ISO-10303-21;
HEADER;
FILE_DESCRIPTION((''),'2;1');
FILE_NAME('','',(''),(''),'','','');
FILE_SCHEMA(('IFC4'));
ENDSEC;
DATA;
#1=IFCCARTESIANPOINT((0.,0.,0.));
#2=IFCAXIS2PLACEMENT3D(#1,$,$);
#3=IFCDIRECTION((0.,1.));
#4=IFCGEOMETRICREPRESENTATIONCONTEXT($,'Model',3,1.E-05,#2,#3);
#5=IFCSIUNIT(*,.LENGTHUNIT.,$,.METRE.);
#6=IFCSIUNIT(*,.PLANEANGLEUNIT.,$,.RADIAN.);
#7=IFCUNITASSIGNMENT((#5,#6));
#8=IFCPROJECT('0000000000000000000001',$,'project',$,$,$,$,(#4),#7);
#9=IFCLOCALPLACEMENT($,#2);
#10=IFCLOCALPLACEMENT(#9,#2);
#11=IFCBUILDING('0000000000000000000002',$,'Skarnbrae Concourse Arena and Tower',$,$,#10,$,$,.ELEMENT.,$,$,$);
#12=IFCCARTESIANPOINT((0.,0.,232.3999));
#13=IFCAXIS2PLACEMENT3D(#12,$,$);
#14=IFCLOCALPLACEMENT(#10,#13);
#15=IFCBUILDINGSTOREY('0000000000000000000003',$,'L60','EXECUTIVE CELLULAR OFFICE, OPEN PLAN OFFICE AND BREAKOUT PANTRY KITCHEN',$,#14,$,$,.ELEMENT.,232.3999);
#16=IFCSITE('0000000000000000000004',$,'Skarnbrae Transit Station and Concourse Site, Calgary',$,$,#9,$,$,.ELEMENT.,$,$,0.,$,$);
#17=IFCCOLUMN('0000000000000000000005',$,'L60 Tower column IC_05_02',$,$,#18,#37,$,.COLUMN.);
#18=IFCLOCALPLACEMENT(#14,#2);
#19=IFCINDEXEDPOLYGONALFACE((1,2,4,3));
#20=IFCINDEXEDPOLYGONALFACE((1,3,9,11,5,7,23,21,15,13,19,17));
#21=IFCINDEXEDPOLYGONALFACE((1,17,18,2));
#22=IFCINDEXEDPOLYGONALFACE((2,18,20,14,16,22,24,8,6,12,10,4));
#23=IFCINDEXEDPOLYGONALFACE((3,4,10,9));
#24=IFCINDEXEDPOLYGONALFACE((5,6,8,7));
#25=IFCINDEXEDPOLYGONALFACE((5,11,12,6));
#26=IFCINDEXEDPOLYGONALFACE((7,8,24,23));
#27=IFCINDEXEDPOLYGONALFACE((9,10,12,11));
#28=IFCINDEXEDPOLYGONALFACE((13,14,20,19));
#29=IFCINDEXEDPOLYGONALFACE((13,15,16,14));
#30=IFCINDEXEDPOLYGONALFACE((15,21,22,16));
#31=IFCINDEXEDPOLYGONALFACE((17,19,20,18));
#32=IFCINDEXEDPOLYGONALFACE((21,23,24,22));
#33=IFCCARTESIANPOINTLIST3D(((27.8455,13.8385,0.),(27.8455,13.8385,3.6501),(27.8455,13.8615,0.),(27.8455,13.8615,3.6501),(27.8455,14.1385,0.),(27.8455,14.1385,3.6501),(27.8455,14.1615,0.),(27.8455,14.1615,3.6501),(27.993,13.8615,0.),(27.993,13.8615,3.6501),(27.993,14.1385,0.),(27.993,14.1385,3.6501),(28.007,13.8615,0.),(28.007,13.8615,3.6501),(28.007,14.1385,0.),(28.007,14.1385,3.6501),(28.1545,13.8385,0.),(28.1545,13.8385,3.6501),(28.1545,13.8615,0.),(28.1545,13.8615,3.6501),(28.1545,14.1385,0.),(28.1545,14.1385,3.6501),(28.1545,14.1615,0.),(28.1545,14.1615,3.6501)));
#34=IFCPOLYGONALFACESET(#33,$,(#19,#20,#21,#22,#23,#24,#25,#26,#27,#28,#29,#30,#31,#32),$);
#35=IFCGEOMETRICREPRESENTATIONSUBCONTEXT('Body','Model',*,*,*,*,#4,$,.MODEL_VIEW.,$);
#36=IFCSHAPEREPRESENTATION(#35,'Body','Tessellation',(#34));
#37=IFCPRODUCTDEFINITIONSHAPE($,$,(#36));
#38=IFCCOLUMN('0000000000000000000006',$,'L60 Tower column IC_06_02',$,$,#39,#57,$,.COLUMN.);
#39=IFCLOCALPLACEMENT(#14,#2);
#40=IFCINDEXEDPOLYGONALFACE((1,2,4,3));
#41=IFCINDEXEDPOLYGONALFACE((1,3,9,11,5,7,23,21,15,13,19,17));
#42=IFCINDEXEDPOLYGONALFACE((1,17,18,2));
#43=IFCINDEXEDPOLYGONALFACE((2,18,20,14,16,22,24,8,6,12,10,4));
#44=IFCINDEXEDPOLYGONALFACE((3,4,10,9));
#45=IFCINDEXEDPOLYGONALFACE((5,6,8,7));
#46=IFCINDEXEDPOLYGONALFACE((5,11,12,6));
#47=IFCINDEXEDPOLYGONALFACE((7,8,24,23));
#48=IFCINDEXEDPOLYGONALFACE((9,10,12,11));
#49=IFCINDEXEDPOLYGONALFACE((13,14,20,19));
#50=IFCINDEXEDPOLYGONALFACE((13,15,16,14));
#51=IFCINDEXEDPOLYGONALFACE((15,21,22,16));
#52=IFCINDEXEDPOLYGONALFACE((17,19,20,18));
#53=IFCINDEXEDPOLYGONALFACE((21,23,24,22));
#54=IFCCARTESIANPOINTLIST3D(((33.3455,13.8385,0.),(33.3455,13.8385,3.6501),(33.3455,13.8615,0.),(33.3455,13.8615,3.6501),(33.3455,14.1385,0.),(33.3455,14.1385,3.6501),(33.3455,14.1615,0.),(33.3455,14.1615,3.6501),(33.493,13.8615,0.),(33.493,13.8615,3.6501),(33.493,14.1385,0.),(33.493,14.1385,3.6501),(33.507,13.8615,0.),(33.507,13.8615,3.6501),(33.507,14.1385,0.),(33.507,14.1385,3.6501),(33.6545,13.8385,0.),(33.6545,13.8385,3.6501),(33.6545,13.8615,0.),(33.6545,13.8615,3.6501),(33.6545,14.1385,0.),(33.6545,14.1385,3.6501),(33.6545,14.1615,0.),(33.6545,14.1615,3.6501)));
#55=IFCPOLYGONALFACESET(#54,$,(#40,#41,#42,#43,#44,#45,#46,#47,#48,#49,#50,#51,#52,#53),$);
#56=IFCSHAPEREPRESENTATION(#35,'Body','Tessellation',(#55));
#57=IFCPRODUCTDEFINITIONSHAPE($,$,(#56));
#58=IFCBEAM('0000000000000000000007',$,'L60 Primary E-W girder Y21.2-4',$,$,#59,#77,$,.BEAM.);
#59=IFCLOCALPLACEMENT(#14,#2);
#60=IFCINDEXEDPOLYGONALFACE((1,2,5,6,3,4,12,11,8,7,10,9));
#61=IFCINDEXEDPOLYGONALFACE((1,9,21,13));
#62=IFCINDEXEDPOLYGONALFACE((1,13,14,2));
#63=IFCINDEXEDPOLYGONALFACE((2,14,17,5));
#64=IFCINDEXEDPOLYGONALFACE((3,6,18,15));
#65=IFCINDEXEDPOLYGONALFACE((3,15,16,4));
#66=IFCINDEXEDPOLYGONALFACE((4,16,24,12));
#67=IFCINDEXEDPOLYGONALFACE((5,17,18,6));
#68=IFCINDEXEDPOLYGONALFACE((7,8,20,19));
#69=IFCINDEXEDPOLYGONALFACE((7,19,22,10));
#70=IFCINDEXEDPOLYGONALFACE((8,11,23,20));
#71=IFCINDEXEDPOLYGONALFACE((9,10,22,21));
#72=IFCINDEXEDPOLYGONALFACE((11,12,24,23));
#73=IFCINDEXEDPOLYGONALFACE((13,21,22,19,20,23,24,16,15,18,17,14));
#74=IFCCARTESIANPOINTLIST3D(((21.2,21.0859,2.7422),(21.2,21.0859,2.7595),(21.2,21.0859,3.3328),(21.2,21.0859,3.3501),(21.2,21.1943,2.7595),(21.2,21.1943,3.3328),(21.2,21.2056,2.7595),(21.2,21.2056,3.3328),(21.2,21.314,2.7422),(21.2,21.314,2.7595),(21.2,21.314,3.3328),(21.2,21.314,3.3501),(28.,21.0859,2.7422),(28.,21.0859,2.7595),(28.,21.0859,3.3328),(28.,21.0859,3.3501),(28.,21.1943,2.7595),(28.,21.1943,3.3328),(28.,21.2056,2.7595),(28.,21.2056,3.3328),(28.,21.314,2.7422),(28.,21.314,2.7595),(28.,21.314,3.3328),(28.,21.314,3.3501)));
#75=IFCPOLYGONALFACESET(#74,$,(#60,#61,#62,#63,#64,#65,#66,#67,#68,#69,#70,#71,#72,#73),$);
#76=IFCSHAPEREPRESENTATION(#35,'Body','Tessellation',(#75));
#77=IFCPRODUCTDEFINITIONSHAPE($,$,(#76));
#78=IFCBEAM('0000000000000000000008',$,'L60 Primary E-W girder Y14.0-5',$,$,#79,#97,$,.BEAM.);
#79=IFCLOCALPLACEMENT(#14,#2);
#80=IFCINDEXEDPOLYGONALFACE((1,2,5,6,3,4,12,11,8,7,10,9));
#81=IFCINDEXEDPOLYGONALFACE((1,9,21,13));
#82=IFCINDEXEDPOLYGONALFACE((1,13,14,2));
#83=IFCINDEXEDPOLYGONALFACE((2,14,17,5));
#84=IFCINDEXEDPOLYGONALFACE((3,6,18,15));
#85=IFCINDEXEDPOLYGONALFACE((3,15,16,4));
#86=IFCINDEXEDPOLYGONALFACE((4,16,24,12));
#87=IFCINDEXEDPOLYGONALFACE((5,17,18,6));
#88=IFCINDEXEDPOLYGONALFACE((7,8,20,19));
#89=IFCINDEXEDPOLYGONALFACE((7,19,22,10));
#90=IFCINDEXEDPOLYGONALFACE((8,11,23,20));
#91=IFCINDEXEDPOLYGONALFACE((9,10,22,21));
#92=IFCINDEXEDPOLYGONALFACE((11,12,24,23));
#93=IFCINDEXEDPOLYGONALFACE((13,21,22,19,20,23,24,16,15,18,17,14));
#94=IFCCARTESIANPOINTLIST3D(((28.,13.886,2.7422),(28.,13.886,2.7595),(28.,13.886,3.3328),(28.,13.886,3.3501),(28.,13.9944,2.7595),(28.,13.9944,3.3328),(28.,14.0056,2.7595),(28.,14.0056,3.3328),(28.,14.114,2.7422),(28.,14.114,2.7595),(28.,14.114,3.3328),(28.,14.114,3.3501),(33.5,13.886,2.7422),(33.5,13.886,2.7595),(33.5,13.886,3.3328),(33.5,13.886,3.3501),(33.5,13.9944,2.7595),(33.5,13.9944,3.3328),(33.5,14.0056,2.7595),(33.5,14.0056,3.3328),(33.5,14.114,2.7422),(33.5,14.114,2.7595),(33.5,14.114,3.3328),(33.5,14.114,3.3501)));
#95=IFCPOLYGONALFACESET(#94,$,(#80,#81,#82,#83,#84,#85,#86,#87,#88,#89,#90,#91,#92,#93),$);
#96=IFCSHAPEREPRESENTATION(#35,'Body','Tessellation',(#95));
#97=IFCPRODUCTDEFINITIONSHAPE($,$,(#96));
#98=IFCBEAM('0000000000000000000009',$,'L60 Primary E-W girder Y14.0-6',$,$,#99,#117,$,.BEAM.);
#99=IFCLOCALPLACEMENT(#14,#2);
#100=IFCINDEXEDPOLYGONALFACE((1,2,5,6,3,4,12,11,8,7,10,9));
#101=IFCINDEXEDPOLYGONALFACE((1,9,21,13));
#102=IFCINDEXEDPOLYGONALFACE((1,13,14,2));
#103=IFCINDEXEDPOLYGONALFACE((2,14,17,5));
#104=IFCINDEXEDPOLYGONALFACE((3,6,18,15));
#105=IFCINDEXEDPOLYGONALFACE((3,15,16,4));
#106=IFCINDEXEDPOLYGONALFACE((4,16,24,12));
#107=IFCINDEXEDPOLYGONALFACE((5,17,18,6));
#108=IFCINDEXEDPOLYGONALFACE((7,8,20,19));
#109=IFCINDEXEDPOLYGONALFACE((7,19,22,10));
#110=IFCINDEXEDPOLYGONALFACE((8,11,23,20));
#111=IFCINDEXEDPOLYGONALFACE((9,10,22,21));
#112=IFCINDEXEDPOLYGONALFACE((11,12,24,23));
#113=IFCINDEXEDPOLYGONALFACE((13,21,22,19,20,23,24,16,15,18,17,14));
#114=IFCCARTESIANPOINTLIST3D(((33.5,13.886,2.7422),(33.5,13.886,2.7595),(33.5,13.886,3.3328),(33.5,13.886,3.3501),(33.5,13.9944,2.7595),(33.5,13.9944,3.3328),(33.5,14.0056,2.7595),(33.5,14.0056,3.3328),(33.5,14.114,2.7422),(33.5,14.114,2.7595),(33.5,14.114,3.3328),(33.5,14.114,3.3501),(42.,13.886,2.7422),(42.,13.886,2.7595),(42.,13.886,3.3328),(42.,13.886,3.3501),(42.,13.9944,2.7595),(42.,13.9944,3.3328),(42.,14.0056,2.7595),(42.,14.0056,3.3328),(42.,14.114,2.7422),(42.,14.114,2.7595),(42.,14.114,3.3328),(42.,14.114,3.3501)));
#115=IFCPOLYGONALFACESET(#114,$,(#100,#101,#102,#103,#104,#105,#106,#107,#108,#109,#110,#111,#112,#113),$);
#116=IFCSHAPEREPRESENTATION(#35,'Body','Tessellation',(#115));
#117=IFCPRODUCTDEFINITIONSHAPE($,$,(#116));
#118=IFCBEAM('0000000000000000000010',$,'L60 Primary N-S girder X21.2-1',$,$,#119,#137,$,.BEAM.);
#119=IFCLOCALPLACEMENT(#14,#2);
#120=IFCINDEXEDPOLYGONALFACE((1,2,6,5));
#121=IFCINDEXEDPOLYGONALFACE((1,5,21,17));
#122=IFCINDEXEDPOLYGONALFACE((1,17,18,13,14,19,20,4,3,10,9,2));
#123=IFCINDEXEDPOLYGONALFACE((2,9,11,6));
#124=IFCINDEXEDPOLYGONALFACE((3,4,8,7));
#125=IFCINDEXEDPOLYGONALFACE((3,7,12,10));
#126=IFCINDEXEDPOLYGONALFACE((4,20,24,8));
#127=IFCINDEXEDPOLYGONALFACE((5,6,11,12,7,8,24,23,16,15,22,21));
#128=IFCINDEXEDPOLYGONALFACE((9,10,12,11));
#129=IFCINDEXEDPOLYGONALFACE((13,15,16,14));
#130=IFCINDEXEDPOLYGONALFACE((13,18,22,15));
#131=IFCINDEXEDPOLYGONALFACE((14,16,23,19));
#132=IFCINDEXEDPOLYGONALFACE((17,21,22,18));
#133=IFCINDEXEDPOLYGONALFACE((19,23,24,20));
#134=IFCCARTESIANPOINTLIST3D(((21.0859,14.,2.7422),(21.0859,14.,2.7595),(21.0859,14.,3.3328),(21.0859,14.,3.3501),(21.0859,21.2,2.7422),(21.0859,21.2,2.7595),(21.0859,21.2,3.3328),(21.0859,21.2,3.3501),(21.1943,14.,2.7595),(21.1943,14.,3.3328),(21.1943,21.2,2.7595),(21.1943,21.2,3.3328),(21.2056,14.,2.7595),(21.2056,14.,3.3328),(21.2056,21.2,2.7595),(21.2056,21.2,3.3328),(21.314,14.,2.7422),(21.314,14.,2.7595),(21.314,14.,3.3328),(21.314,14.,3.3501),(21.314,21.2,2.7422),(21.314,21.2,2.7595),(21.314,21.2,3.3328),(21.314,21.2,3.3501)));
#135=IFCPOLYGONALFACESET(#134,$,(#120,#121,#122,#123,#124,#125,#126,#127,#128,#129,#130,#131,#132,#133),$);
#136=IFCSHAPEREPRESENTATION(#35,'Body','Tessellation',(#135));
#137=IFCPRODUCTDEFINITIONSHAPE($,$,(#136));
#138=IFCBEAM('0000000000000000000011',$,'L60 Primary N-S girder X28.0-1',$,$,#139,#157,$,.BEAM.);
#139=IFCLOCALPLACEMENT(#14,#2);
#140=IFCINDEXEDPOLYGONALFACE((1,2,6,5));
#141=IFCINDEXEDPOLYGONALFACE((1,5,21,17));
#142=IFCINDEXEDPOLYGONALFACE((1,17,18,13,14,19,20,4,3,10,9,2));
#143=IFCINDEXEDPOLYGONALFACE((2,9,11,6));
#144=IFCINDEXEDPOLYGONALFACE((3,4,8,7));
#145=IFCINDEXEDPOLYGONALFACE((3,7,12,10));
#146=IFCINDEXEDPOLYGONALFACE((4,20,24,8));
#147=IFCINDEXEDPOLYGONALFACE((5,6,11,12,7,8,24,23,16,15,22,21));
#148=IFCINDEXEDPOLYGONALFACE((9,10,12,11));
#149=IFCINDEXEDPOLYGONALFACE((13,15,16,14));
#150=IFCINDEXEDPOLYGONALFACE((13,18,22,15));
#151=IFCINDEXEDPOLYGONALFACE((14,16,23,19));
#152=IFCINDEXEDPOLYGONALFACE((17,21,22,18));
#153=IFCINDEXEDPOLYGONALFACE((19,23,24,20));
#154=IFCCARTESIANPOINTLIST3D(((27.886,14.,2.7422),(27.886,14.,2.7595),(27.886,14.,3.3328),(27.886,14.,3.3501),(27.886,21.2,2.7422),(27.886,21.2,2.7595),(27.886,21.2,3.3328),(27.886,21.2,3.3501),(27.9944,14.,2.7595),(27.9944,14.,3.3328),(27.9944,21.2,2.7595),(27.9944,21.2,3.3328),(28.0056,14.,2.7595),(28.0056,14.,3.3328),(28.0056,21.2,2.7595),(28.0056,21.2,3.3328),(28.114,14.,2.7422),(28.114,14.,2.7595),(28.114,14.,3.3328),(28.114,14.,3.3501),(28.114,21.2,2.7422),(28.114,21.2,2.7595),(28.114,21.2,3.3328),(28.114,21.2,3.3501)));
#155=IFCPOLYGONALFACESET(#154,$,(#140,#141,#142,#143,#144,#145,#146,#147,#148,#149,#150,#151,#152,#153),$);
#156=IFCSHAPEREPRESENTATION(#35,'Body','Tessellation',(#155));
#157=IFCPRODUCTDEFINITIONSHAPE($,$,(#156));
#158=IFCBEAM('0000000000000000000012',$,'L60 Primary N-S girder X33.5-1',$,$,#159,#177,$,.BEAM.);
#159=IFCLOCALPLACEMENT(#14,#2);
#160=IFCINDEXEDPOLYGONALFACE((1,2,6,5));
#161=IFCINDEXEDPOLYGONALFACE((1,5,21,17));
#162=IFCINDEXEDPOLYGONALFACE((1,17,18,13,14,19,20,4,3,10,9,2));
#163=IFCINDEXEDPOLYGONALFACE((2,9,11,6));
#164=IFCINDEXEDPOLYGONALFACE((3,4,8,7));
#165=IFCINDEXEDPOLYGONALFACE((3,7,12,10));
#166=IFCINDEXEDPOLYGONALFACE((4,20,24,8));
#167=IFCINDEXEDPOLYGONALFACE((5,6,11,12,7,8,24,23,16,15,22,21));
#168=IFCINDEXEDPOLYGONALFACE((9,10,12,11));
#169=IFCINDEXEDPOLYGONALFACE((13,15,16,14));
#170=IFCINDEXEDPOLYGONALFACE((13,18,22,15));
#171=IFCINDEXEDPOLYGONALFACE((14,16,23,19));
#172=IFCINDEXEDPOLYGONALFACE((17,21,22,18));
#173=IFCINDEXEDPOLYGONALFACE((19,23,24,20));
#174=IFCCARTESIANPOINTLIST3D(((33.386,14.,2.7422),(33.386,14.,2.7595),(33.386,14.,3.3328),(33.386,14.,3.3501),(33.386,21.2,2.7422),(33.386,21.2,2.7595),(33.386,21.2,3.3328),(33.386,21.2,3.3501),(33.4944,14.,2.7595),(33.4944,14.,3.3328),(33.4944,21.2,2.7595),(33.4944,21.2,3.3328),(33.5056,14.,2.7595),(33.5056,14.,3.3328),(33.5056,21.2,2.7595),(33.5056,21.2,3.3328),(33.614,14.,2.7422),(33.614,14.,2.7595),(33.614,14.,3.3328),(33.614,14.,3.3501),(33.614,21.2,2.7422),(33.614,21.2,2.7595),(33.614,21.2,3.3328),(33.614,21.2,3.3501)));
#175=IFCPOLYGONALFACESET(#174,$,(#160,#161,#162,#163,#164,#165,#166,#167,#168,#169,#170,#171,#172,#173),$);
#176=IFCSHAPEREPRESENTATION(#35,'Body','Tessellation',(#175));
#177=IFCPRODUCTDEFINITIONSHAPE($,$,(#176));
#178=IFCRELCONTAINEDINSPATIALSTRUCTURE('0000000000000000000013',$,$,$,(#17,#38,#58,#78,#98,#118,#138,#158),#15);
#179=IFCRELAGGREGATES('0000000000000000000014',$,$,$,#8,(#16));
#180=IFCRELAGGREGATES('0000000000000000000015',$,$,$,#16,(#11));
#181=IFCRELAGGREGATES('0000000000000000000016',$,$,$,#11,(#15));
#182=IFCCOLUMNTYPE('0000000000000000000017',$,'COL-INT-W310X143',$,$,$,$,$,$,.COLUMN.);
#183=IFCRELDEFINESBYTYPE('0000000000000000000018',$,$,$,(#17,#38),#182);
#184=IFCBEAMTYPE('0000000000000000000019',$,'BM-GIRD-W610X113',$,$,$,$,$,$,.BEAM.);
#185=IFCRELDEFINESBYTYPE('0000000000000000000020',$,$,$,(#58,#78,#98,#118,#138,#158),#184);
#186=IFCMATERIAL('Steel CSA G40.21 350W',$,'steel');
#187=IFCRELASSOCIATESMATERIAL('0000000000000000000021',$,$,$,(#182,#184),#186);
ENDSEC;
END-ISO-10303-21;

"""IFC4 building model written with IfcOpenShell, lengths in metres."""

from ifc_helpers import new_model, si_unit, direction, frame, origin, origin_2d, place, context, subcontext, project, spatial, i_section, extrude, source, transform, mapped, material, material_profile, profile_set, type_object, element, save


model = new_model("IFC4")

# Units and contexts
model_context = context("Model", 3, precision=1e-05, world=origin(), true_north=direction((0.0, 1.0)))
body_context = subcontext(model_context, "Body", "Model", "MODEL_VIEW")
ifc_project = project(units=[si_unit("LENGTHUNIT", "METRE"), si_unit("PLANEANGLEUNIT", "RADIAN")], contexts=[model_context])

# Site, building, storey
site_placement = place(None, origin())
site = spatial("IfcSite", under=ifc_project, at=site_placement, Name="Skarnbrae Transit Station and Concourse Site, Calgary", CompositionType="ELEMENT", RefElevation=0.0)
building_placement = place(site_placement, origin())
building = spatial("IfcBuilding", under=site, at=building_placement, Name="Skarnbrae Concourse Arena and Tower", CompositionType="ELEMENT")
storey_placement = place(building_placement, frame((0.0, 0.0, 232.3999)))
storey = spatial("IfcBuildingStorey", under=building, at=storey_placement, Name="L60", Description="EXECUTIVE CELLULAR OFFICE, OPEN PLAN OFFICE AND BREAKOUT PANTRY KITCHEN", CompositionType="ELEMENT", Elevation=232.3999)

# Columns
ifc_material_1 = material(Name="Steel CSA G40.21 350W", Category="steel")
ifc_material_profile_1 = material_profile(ifc_material_1, i_section(OverallWidth=0.3091, OverallDepth=0.323, WebThickness=0.0139, FlangeThickness=0.0229, at=origin_2d()), Name="W310X143")
ifc_profile_set_1 = profile_set([ifc_material_profile_1], Name="Steel CSA G40.21 350W")
column_type = type_object("IfcColumnType", Name="COL-INT-W310X143", PredefinedType="COLUMN", material=ifc_profile_set_1)
shared_shape_1 = source(origin(), body_context, "Body", "SweptSolid", [
    extrude(i_section(OverallWidth=0.3091, OverallDepth=0.323, WebThickness=0.0139, FlangeThickness=0.0229, at=origin_2d()), origin(), (0.0, 0.0, 1.0), 3.6501),
])
for number, where, z_axis, x_axis, name in (
    (1, (28.0, 14.0, 0.0), (0.0, 0.0, 1.0), (1.0, 0.0, 0.0), "L60 Tower column IC_05_02"),
    (2, (33.5, 14.0, 0.0), (0.0, 0.0, 1.0), (1.0, 0.0, 0.0), "L60 Tower column IC_06_02"),
):
    element("IfcColumn", number, at=place(storey_placement, frame(where, z_axis=z_axis, x_axis=x_axis)), inside=storey, type_object=column_type, Name=name, PredefinedType="COLUMN", context=body_context, shape_type="MappedRepresentation", body=[
        mapped(shared_shape_1, transform((0.0, 0.0, 0.0))),
    ])

# Beams
ifc_material_profile_2 = material_profile(ifc_material_1, i_section(OverallWidth=0.228, OverallDepth=0.6079, WebThickness=0.0112, FlangeThickness=0.0173, at=origin_2d()), Name="W610X113")
ifc_profile_set_2 = profile_set([ifc_material_profile_2], Name="Steel CSA G40.21 350W")
beam_type_1 = type_object("IfcBeamType", Name="BM-GIRD-W610X113", PredefinedType="BEAM", material=ifc_profile_set_2)
shared_shape_2 = source(origin(), body_context, "Body", "SweptSolid", [
    extrude(i_section(OverallWidth=0.228, OverallDepth=0.6079, WebThickness=0.0112, FlangeThickness=0.0173, at=origin_2d()), origin(), (0.0, 0.0, 1.0), 6.8),
])
beam_1_placement = place(storey_placement, frame((21.2, 21.2, 3.0461), z_axis=(1.0, 0.0, 0.0), x_axis=(0.0, 1.0, 0.0)))
element("IfcBeam", 3, at=beam_1_placement, inside=storey, type_object=beam_type_1, Name="L60 Primary E-W girder Y21.2-4", PredefinedType="BEAM", context=body_context, shape_type="MappedRepresentation", body=[
    mapped(shared_shape_2, transform((0.0, 0.0, 0.0))),
])
shared_shape_3 = source(origin(), body_context, "Body", "SweptSolid", [
    extrude(i_section(OverallWidth=0.228, OverallDepth=0.6079, WebThickness=0.0112, FlangeThickness=0.0173, at=origin_2d()), origin(), (0.0, 0.0, 1.0), 5.5),
])
beam_2_placement = place(storey_placement, frame((28.0, 14.0, 3.0461), z_axis=(1.0, 0.0, 0.0), x_axis=(0.0, 1.0, 0.0)))
element("IfcBeam", 4, at=beam_2_placement, inside=storey, type_object=beam_type_1, Name="L60 Primary E-W girder Y14.0-5", PredefinedType="BEAM", context=body_context, shape_type="MappedRepresentation", body=[
    mapped(shared_shape_3, transform((0.0, 0.0, 0.0))),
])
shared_shape_4 = source(origin(), body_context, "Body", "SweptSolid", [
    extrude(i_section(OverallWidth=0.228, OverallDepth=0.6079, WebThickness=0.0112, FlangeThickness=0.0173, at=origin_2d()), origin(), (0.0, 0.0, 1.0), 8.5),
])
beam_3_placement = place(storey_placement, frame((33.5, 14.0, 3.0461), z_axis=(1.0, 0.0, 0.0), x_axis=(0.0, 1.0, 0.0)))
element("IfcBeam", 5, at=beam_3_placement, inside=storey, type_object=beam_type_1, Name="L60 Primary E-W girder Y14.0-6", PredefinedType="BEAM", context=body_context, shape_type="MappedRepresentation", body=[
    mapped(shared_shape_4, transform((0.0, 0.0, 0.0))),
])
shared_shape_5 = source(origin(), body_context, "Body", "SweptSolid", [
    extrude(i_section(OverallWidth=0.228, OverallDepth=0.6079, WebThickness=0.0112, FlangeThickness=0.0173, at=origin_2d()), origin(), (0.0, 0.0, 1.0), 7.2),
])
for number, where, z_axis, x_axis, name in (
    (6, (21.2, 14.0, 3.0461), (0.0, 1.0, 0.0), (-1.0, 0.0, 0.0), "L60 Primary N-S girder X21.2-1"),
    (7, (28.0, 14.0, 3.0461), (0.0, 1.0, 0.0), (-1.0, 0.0, 0.0), "L60 Primary N-S girder X28.0-1"),
    (8, (33.5, 14.0, 3.0461), (0.0, 1.0, 0.0), (-1.0, 0.0, 0.0), "L60 Primary N-S girder X33.5-1"),
):
    element("IfcBeam", number, at=place(storey_placement, frame(where, z_axis=z_axis, x_axis=x_axis)), inside=storey, type_object=beam_type_1, Name=name, PredefinedType="BEAM", context=body_context, shape_type="MappedRepresentation", body=[
        mapped(shared_shape_5, transform((0.0, 0.0, 0.0))),
    ])

save(model, "model.ifc")
